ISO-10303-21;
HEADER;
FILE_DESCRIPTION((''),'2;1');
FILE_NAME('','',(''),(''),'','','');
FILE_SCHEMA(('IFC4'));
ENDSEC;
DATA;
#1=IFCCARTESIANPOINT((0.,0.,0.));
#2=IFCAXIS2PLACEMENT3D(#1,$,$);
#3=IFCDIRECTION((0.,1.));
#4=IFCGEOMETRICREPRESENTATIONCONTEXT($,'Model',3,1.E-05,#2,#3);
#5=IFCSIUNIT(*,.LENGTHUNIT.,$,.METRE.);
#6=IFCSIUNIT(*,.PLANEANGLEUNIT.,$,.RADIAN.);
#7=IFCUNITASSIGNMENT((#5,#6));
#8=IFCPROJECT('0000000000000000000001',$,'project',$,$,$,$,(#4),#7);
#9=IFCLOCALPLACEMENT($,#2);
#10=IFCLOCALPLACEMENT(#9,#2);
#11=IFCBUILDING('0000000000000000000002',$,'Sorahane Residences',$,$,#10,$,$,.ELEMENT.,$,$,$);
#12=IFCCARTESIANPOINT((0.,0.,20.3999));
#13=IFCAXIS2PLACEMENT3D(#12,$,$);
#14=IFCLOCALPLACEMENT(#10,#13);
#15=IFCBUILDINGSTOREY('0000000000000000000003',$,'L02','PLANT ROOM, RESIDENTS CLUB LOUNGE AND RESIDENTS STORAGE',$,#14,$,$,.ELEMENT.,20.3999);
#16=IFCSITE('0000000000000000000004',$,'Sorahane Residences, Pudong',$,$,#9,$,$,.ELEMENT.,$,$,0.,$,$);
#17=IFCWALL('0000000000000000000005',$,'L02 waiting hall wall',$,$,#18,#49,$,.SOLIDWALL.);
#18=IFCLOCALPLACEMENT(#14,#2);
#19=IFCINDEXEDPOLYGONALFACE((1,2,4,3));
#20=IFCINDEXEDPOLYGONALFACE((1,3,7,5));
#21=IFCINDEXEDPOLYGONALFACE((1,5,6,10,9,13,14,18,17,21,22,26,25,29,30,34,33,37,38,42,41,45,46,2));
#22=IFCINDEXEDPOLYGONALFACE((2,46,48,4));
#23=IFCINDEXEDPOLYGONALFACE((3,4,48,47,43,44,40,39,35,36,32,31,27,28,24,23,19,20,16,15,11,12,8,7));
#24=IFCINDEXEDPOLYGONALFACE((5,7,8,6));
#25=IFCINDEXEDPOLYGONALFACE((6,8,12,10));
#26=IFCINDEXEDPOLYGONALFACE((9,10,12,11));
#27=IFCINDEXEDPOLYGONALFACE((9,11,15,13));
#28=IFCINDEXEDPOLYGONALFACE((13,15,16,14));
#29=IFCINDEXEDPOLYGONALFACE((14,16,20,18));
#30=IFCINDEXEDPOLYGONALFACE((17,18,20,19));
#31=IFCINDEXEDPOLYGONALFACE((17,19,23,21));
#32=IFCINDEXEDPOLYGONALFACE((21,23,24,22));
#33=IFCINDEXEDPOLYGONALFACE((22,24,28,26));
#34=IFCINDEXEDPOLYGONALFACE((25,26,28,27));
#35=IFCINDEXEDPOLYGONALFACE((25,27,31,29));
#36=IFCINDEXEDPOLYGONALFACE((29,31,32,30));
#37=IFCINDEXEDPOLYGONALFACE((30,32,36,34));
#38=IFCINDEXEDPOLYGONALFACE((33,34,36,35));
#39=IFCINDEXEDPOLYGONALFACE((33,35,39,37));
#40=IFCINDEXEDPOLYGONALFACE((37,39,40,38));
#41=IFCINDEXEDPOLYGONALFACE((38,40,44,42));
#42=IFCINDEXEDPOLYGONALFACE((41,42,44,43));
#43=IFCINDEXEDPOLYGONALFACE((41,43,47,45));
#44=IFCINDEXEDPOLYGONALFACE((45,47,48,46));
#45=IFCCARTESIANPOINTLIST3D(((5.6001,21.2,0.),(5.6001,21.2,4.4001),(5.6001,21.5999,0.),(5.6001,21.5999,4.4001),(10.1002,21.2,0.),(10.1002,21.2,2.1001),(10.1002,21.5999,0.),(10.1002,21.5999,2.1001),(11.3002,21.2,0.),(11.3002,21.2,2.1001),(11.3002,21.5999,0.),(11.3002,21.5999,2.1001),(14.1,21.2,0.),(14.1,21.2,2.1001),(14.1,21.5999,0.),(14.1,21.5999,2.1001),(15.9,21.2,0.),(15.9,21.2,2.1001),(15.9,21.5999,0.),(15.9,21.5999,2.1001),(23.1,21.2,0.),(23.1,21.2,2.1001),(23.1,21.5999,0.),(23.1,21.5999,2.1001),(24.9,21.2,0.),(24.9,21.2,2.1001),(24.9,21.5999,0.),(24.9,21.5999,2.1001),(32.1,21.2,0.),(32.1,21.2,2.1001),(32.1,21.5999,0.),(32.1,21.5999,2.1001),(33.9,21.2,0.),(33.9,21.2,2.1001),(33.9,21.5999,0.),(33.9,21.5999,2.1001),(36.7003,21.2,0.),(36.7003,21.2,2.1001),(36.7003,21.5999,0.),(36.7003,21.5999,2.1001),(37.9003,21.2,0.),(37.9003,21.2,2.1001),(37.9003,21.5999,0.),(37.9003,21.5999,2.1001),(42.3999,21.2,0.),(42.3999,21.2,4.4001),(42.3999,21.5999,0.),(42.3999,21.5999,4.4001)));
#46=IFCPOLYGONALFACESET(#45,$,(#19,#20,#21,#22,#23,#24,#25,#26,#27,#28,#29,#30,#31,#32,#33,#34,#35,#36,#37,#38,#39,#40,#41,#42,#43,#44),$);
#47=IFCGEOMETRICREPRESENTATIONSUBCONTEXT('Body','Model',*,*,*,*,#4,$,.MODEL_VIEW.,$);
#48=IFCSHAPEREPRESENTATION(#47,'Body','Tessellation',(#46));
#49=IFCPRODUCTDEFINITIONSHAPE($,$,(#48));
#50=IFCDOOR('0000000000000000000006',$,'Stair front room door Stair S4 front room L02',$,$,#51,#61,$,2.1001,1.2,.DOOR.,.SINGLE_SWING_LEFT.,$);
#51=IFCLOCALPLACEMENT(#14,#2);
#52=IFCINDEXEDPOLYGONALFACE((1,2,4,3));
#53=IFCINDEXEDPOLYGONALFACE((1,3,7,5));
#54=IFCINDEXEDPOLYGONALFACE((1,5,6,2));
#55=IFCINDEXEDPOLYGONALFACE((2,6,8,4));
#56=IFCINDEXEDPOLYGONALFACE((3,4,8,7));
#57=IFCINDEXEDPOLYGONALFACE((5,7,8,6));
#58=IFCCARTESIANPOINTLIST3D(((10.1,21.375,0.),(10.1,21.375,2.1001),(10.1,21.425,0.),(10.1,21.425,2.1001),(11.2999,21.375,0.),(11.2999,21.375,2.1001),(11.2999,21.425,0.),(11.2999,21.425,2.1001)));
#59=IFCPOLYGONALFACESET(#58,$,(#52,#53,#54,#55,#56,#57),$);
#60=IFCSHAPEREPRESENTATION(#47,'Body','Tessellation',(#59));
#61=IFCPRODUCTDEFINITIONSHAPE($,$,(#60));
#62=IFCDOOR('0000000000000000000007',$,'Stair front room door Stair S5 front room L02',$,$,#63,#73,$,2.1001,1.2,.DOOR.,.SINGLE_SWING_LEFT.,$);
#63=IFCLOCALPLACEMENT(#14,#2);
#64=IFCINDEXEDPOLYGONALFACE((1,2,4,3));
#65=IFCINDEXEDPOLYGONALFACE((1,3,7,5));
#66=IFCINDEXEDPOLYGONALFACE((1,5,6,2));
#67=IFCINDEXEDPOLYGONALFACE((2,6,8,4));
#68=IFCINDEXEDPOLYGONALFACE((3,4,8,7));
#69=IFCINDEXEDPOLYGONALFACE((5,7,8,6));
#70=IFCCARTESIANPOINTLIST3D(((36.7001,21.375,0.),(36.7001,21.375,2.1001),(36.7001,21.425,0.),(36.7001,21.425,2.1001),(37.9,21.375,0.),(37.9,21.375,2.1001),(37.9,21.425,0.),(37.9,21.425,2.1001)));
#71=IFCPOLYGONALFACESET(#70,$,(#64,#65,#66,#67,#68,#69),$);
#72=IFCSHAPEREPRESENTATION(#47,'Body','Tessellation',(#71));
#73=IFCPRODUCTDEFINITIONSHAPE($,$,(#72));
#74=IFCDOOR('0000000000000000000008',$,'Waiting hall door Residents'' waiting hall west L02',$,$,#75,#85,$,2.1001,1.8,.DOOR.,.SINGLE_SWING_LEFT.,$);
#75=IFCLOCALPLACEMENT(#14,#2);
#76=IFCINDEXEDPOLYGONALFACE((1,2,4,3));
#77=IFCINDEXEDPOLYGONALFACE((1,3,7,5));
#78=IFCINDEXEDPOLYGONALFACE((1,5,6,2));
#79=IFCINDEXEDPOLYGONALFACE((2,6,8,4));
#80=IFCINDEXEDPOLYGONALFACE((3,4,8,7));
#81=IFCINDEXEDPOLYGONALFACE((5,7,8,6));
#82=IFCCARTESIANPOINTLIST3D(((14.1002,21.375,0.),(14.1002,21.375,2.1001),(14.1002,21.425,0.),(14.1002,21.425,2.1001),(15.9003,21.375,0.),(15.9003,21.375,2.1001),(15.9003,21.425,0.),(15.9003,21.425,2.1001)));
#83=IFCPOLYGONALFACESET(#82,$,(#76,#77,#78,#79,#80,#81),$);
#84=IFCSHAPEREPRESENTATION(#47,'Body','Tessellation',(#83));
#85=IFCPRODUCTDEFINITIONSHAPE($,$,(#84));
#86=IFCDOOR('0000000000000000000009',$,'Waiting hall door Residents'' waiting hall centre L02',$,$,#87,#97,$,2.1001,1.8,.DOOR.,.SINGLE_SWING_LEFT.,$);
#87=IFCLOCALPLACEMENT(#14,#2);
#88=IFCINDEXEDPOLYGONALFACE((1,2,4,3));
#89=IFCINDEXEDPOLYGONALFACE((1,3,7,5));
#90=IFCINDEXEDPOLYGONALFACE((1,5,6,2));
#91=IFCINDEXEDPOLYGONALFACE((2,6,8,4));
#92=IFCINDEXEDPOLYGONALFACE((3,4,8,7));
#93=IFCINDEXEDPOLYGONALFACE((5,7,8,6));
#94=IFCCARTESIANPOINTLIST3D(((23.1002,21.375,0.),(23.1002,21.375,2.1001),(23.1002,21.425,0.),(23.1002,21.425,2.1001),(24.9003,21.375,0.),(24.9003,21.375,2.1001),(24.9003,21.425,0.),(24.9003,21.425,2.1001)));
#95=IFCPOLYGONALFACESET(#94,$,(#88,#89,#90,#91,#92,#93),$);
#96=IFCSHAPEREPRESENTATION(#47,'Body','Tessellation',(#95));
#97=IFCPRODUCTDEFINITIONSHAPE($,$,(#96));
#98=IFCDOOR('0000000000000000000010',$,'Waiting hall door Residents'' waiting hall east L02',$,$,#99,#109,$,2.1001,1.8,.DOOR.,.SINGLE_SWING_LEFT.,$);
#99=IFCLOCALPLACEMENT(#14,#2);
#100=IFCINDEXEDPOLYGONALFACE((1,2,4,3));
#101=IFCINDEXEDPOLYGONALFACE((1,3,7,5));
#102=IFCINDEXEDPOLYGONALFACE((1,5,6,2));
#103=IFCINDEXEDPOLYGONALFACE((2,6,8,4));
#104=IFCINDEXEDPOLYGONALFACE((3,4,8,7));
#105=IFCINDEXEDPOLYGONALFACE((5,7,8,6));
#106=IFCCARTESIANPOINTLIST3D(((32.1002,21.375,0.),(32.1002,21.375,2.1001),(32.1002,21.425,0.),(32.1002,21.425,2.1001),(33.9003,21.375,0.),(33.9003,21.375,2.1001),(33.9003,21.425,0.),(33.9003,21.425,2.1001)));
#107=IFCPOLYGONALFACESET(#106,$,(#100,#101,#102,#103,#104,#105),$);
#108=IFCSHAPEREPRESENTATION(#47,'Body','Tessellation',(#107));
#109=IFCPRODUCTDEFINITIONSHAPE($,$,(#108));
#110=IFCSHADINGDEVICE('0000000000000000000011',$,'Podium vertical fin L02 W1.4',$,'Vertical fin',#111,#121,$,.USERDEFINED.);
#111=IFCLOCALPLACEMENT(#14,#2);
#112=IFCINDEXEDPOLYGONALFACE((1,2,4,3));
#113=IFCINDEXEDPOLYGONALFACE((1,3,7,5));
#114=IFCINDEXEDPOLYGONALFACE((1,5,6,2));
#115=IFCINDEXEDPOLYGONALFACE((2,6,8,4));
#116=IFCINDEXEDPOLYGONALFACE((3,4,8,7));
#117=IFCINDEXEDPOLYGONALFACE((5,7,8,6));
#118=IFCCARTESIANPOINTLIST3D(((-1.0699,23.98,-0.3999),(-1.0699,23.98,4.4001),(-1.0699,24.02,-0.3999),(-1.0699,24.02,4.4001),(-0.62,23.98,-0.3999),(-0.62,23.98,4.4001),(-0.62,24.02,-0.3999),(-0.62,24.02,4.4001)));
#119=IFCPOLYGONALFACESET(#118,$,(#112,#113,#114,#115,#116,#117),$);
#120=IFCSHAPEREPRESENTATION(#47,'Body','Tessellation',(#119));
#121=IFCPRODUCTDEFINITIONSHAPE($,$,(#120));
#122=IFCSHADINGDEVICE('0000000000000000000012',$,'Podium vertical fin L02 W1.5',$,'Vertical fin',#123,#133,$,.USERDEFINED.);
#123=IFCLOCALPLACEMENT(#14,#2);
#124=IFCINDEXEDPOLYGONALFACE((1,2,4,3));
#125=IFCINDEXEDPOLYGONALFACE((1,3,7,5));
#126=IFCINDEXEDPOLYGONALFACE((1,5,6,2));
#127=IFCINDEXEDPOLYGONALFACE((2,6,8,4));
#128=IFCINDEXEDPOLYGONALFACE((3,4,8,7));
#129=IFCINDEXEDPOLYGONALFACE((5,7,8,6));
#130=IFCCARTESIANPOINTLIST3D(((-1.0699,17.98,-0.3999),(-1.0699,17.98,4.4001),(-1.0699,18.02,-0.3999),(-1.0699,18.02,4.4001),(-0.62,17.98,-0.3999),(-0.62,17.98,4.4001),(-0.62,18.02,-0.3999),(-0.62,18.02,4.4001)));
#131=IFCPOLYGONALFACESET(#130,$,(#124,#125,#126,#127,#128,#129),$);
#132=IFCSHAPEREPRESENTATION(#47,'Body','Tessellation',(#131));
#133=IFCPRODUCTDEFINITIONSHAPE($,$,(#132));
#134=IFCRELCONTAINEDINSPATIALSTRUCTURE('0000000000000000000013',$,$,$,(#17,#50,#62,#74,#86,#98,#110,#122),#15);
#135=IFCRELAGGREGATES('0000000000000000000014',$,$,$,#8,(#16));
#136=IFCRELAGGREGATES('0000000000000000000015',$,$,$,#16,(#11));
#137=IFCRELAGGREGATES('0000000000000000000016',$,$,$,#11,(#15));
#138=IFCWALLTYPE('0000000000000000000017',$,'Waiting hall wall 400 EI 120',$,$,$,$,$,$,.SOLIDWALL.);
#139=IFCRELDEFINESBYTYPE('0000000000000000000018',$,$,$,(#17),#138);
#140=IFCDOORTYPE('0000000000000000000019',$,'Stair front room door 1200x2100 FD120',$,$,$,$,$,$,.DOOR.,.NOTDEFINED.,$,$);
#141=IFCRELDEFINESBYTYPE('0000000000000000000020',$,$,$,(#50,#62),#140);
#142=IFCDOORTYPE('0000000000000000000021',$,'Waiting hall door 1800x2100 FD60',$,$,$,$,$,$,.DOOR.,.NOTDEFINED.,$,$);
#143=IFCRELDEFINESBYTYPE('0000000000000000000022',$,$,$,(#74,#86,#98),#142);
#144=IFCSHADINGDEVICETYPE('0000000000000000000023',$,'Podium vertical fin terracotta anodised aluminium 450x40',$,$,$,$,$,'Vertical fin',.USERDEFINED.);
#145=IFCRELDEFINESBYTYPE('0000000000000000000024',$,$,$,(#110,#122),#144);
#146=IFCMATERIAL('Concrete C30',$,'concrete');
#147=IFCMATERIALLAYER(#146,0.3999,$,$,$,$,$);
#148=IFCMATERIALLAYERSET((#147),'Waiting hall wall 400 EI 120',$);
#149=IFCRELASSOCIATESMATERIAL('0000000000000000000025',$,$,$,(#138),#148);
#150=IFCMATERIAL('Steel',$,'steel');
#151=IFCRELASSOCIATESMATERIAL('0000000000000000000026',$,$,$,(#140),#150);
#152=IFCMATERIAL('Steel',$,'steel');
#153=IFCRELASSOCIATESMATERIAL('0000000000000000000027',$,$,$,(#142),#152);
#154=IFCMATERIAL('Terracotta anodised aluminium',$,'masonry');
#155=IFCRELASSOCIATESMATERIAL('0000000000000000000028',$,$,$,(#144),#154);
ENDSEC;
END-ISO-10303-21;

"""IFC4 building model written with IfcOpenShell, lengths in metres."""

from ifc_helpers import new_model, si_unit, direction, frame, frame_2d, origin, origin_2d, place, context, subcontext, project, spatial, rectangle, extrude, material, layer, layer_set, material_profile, profile_set, type_object, element, fill, save


model = new_model("IFC4")

# Units and contexts
model_context = context("Model", 3, precision=1e-05, world=origin(), true_north=direction((0.0, 1.0)))
body_context = subcontext(model_context, "Body", "Model", "MODEL_VIEW")
ifc_project = project(units=[si_unit("LENGTHUNIT", "METRE"), si_unit("PLANEANGLEUNIT", "RADIAN")], contexts=[model_context])

# Site, building, storey
site_placement = place(None, origin())
site = spatial("IfcSite", under=ifc_project, at=site_placement, Name="Sorahane Residences, Pudong", CompositionType="ELEMENT", RefElevation=0.0)
building_placement = place(site_placement, origin())
building = spatial("IfcBuilding", under=site, at=building_placement, Name="Sorahane Residences", CompositionType="ELEMENT")
storey_placement = place(building_placement, frame((0.0, 0.0, 20.3999)))
storey = spatial("IfcBuildingStorey", under=building, at=storey_placement, Name="L02", Description="PLANT ROOM, RESIDENTS CLUB LOUNGE AND RESIDENTS STORAGE", CompositionType="ELEMENT", Elevation=20.3999)

# Wall, openings, doors
ifc_material_1 = material(Name="Concrete C30", Category="concrete")
ifc_layer_1 = layer(ifc_material_1, 0.3999)
ifc_layer_set_1 = layer_set([ifc_layer_1], Name="Waiting hall wall 400 EI 120")
wall_type_1 = type_object("IfcWallType", Name="Waiting hall wall 400 EI 120", PredefinedType="SOLIDWALL", material=ifc_layer_set_1)
wall_1_placement = place(storey_placement, frame((5.6001, 21.3999, 0.0), z_axis=(0.0, 0.0, 1.0), x_axis=(1.0, 0.0, 0.0)))
wall_1 = element("IfcWall", 1, at=wall_1_placement, inside=storey, type_object=wall_type_1, Name="L02 waiting hall wall", PredefinedType="SOLIDWALL", context=body_context, shape_type="SweptSolid", body=[
    extrude(rectangle(XDim=36.7998, YDim=0.3999, at=frame_2d((18.3999, 0.0))), origin(), (0.0, 0.0, 1.0), 4.4001),
])
opening_1_placement = place(wall_1_placement, frame((8.5, 0.0, 0.0)))
opening_1 = element("IfcOpeningElement", 2, at=opening_1_placement, cuts=wall_1, PredefinedType="OPENING", context=body_context, shape_type="SweptSolid", body=[
    extrude(rectangle(XDim=1.8, YDim=2.1001, at=frame_2d((0.8999, 1.05))), frame((0.0, 0.21, 0.0), z_axis=(0.0, -1.0, 0.0), x_axis=(1.0, 0.0, 0.0)), (0.0, 0.0, 1.0), 0.4199),
])
opening_2_placement = place(wall_1_placement, frame((17.5, 0.0, 0.0)))
opening_2 = element("IfcOpeningElement", 3, at=opening_2_placement, cuts=wall_1, PredefinedType="OPENING", context=body_context, shape_type="SweptSolid", body=[
    extrude(rectangle(XDim=1.8, YDim=2.1001, at=frame_2d((0.8999, 1.05))), frame((0.0, 0.21, 0.0), z_axis=(0.0, -1.0, 0.0), x_axis=(1.0, 0.0, 0.0)), (0.0, 0.0, 1.0), 0.4199),
])
opening_3_placement = place(wall_1_placement, frame((26.5, 0.0, 0.0)))
opening_3 = element("IfcOpeningElement", 4, at=opening_3_placement, cuts=wall_1, PredefinedType="OPENING", context=body_context, shape_type="SweptSolid", body=[
    extrude(rectangle(XDim=1.8, YDim=2.1001, at=frame_2d((0.8999, 1.05))), frame((0.0, 0.21, 0.0), z_axis=(0.0, -1.0, 0.0), x_axis=(1.0, 0.0, 0.0)), (0.0, 0.0, 1.0), 0.4199),
])
opening_4_placement = place(wall_1_placement, frame((4.5, 0.0, 0.0)))
opening_4 = element("IfcOpeningElement", 5, at=opening_4_placement, cuts=wall_1, PredefinedType="OPENING", context=body_context, shape_type="SweptSolid", body=[
    extrude(rectangle(XDim=1.2, YDim=2.1001, at=frame_2d((0.6001, 1.05))), frame((0.0, 0.21, 0.0), z_axis=(0.0, -1.0, 0.0), x_axis=(1.0, 0.0, 0.0)), (0.0, 0.0, 1.0), 0.4199),
])
opening_5_placement = place(wall_1_placement, frame((31.1001, 0.0, 0.0)))
opening_5 = element("IfcOpeningElement", 6, at=opening_5_placement, cuts=wall_1, PredefinedType="OPENING", context=body_context, shape_type="SweptSolid", body=[
    extrude(rectangle(XDim=1.2, YDim=2.1001, at=frame_2d((0.6001, 1.05))), frame((0.0, 0.21, 0.0), z_axis=(0.0, -1.0, 0.0), x_axis=(1.0, 0.0, 0.0)), (0.0, 0.0, 1.0), 0.4199),
])
ifc_material_2 = material(Name="Steel", Category="steel")
door_type_1 = type_object("IfcDoorType", Name="Stair front room door 1200x2100 FD120", OperationType="NOTDEFINED", PredefinedType="DOOR", material=ifc_material_2)
door_1_placement = place(opening_4_placement, frame((1.2, 0.0, 0.0), z_axis=(0.0, 0.0, 1.0), x_axis=(-1.0, 0.0, 0.0)))
door_1 = element("IfcDoor", 7, at=door_1_placement, inside=storey, type_object=door_type_1, Name="Stair front room door Stair S4 front room L02", OperationType="SINGLE_SWING_LEFT", OverallHeight=2.1001, OverallWidth=1.2, PredefinedType="DOOR", context=body_context, shape_type="SweptSolid", body=[
    extrude(rectangle(XDim=1.2, YDim=2.1001, at=frame_2d((0.6001, 1.05))), frame((0.0, 0.0249, 0.0), z_axis=(0.0, -1.0, 0.0), x_axis=(1.0, 0.0, 0.0)), (0.0, 0.0, 1.0), 0.05),
])
fill(opening_4, door_1)
door_2_placement = place(opening_5_placement, frame((1.2, 0.0, 0.0), z_axis=(0.0, 0.0, 1.0), x_axis=(-1.0, 0.0, 0.0)))
door_2 = element("IfcDoor", 8, at=door_2_placement, inside=storey, type_object=door_type_1, Name="Stair front room door Stair S5 front room L02", OperationType="SINGLE_SWING_LEFT", OverallHeight=2.1001, OverallWidth=1.2, PredefinedType="DOOR", context=body_context, shape_type="SweptSolid", body=[
    extrude(rectangle(XDim=1.2, YDim=2.1001, at=frame_2d((0.6001, 1.05))), frame((0.0, 0.0249, 0.0), z_axis=(0.0, -1.0, 0.0), x_axis=(1.0, 0.0, 0.0)), (0.0, 0.0, 1.0), 0.05),
])
fill(opening_5, door_2)
ifc_material_3 = material(Name="Steel", Category="steel")
door_type_2 = type_object("IfcDoorType", Name="Waiting hall door 1800x2100 FD60", OperationType="NOTDEFINED", PredefinedType="DOOR", material=ifc_material_3)
door_3_placement = place(opening_1_placement, frame((1.8, 0.0, 0.0), z_axis=(0.0, 0.0, 1.0), x_axis=(-1.0, 0.0, 0.0)))
door_3 = element("IfcDoor", 9, at=door_3_placement, inside=storey, type_object=door_type_2, Name="Waiting hall door Residents' waiting hall west L02", OperationType="SINGLE_SWING_LEFT", OverallHeight=2.1001, OverallWidth=1.8, PredefinedType="DOOR", context=body_context, shape_type="SweptSolid", body=[
    extrude(rectangle(XDim=1.8, YDim=2.1001, at=frame_2d((0.8999, 1.05))), frame((0.0, 0.0249, 0.0), z_axis=(0.0, -1.0, 0.0), x_axis=(1.0, 0.0, 0.0)), (0.0, 0.0, 1.0), 0.05),
])
fill(opening_1, door_3)
door_4_placement = place(opening_2_placement, frame((1.8, 0.0, 0.0), z_axis=(0.0, 0.0, 1.0), x_axis=(-1.0, 0.0, 0.0)))
door_4 = element("IfcDoor", 10, at=door_4_placement, inside=storey, type_object=door_type_2, Name="Waiting hall door Residents' waiting hall centre L02", OperationType="SINGLE_SWING_LEFT", OverallHeight=2.1001, OverallWidth=1.8, PredefinedType="DOOR", context=body_context, shape_type="SweptSolid", body=[
    extrude(rectangle(XDim=1.8, YDim=2.1001, at=frame_2d((0.8999, 1.05))), frame((0.0, 0.0249, 0.0), z_axis=(0.0, -1.0, 0.0), x_axis=(1.0, 0.0, 0.0)), (0.0, 0.0, 1.0), 0.05),
])
fill(opening_2, door_4)
door_5_placement = place(opening_3_placement, frame((1.8, 0.0, 0.0), z_axis=(0.0, 0.0, 1.0), x_axis=(-1.0, 0.0, 0.0)))
door_5 = element("IfcDoor", 11, at=door_5_placement, inside=storey, type_object=door_type_2, Name="Waiting hall door Residents' waiting hall east L02", OperationType="SINGLE_SWING_LEFT", OverallHeight=2.1001, OverallWidth=1.8, PredefinedType="DOOR", context=body_context, shape_type="SweptSolid", body=[
    extrude(rectangle(XDim=1.8, YDim=2.1001, at=frame_2d((0.8999, 1.05))), frame((0.0, 0.0249, 0.0), z_axis=(0.0, -1.0, 0.0), x_axis=(1.0, 0.0, 0.0)), (0.0, 0.0, 1.0), 0.05),
])
fill(opening_3, door_5)

# Shading devices
ifc_material_4 = material(Name="Terracotta anodised aluminium", Category="masonry")
ifc_material_profile_1 = material_profile(ifc_material_4, rectangle(XDim=0.45, YDim=0.04, at=origin_2d()), Name="Podium vertical fin terracotta anodised aluminium 450x40")
ifc_profile_set_1 = profile_set([ifc_material_profile_1], Name="Terracotta anodised aluminium")
shading_device_type = type_object("IfcShadingDeviceType", Name="Podium vertical fin terracotta anodised aluminium 450x40", ElementType="Vertical fin", PredefinedType="USERDEFINED", material=ifc_profile_set_1)
for number, where, z_axis, x_axis, name in (
    (12, (-0.845, 24.0, -0.3999), (0.0, 0.0, 1.0), (-1.0, 0.0, 0.0), "Podium vertical fin L02 W1.4"),
    (13, (-0.845, 18.0, -0.3999), (0.0, 0.0, 1.0), (-1.0, 0.0, 0.0), "Podium vertical fin L02 W1.5"),
):
    element("IfcShadingDevice", number, at=place(storey_placement, frame(where, z_axis=z_axis, x_axis=x_axis)), inside=storey, type_object=shading_device_type, Name=name, ObjectType="Vertical fin", PredefinedType="USERDEFINED", context=body_context, shape_type="SweptSolid", body=[
        extrude(rectangle(XDim=0.45, YDim=0.04, at=origin_2d()), origin(), (0.0, 0.0, 1.0), 4.8),
    ])

save(model, "model.ifc")
